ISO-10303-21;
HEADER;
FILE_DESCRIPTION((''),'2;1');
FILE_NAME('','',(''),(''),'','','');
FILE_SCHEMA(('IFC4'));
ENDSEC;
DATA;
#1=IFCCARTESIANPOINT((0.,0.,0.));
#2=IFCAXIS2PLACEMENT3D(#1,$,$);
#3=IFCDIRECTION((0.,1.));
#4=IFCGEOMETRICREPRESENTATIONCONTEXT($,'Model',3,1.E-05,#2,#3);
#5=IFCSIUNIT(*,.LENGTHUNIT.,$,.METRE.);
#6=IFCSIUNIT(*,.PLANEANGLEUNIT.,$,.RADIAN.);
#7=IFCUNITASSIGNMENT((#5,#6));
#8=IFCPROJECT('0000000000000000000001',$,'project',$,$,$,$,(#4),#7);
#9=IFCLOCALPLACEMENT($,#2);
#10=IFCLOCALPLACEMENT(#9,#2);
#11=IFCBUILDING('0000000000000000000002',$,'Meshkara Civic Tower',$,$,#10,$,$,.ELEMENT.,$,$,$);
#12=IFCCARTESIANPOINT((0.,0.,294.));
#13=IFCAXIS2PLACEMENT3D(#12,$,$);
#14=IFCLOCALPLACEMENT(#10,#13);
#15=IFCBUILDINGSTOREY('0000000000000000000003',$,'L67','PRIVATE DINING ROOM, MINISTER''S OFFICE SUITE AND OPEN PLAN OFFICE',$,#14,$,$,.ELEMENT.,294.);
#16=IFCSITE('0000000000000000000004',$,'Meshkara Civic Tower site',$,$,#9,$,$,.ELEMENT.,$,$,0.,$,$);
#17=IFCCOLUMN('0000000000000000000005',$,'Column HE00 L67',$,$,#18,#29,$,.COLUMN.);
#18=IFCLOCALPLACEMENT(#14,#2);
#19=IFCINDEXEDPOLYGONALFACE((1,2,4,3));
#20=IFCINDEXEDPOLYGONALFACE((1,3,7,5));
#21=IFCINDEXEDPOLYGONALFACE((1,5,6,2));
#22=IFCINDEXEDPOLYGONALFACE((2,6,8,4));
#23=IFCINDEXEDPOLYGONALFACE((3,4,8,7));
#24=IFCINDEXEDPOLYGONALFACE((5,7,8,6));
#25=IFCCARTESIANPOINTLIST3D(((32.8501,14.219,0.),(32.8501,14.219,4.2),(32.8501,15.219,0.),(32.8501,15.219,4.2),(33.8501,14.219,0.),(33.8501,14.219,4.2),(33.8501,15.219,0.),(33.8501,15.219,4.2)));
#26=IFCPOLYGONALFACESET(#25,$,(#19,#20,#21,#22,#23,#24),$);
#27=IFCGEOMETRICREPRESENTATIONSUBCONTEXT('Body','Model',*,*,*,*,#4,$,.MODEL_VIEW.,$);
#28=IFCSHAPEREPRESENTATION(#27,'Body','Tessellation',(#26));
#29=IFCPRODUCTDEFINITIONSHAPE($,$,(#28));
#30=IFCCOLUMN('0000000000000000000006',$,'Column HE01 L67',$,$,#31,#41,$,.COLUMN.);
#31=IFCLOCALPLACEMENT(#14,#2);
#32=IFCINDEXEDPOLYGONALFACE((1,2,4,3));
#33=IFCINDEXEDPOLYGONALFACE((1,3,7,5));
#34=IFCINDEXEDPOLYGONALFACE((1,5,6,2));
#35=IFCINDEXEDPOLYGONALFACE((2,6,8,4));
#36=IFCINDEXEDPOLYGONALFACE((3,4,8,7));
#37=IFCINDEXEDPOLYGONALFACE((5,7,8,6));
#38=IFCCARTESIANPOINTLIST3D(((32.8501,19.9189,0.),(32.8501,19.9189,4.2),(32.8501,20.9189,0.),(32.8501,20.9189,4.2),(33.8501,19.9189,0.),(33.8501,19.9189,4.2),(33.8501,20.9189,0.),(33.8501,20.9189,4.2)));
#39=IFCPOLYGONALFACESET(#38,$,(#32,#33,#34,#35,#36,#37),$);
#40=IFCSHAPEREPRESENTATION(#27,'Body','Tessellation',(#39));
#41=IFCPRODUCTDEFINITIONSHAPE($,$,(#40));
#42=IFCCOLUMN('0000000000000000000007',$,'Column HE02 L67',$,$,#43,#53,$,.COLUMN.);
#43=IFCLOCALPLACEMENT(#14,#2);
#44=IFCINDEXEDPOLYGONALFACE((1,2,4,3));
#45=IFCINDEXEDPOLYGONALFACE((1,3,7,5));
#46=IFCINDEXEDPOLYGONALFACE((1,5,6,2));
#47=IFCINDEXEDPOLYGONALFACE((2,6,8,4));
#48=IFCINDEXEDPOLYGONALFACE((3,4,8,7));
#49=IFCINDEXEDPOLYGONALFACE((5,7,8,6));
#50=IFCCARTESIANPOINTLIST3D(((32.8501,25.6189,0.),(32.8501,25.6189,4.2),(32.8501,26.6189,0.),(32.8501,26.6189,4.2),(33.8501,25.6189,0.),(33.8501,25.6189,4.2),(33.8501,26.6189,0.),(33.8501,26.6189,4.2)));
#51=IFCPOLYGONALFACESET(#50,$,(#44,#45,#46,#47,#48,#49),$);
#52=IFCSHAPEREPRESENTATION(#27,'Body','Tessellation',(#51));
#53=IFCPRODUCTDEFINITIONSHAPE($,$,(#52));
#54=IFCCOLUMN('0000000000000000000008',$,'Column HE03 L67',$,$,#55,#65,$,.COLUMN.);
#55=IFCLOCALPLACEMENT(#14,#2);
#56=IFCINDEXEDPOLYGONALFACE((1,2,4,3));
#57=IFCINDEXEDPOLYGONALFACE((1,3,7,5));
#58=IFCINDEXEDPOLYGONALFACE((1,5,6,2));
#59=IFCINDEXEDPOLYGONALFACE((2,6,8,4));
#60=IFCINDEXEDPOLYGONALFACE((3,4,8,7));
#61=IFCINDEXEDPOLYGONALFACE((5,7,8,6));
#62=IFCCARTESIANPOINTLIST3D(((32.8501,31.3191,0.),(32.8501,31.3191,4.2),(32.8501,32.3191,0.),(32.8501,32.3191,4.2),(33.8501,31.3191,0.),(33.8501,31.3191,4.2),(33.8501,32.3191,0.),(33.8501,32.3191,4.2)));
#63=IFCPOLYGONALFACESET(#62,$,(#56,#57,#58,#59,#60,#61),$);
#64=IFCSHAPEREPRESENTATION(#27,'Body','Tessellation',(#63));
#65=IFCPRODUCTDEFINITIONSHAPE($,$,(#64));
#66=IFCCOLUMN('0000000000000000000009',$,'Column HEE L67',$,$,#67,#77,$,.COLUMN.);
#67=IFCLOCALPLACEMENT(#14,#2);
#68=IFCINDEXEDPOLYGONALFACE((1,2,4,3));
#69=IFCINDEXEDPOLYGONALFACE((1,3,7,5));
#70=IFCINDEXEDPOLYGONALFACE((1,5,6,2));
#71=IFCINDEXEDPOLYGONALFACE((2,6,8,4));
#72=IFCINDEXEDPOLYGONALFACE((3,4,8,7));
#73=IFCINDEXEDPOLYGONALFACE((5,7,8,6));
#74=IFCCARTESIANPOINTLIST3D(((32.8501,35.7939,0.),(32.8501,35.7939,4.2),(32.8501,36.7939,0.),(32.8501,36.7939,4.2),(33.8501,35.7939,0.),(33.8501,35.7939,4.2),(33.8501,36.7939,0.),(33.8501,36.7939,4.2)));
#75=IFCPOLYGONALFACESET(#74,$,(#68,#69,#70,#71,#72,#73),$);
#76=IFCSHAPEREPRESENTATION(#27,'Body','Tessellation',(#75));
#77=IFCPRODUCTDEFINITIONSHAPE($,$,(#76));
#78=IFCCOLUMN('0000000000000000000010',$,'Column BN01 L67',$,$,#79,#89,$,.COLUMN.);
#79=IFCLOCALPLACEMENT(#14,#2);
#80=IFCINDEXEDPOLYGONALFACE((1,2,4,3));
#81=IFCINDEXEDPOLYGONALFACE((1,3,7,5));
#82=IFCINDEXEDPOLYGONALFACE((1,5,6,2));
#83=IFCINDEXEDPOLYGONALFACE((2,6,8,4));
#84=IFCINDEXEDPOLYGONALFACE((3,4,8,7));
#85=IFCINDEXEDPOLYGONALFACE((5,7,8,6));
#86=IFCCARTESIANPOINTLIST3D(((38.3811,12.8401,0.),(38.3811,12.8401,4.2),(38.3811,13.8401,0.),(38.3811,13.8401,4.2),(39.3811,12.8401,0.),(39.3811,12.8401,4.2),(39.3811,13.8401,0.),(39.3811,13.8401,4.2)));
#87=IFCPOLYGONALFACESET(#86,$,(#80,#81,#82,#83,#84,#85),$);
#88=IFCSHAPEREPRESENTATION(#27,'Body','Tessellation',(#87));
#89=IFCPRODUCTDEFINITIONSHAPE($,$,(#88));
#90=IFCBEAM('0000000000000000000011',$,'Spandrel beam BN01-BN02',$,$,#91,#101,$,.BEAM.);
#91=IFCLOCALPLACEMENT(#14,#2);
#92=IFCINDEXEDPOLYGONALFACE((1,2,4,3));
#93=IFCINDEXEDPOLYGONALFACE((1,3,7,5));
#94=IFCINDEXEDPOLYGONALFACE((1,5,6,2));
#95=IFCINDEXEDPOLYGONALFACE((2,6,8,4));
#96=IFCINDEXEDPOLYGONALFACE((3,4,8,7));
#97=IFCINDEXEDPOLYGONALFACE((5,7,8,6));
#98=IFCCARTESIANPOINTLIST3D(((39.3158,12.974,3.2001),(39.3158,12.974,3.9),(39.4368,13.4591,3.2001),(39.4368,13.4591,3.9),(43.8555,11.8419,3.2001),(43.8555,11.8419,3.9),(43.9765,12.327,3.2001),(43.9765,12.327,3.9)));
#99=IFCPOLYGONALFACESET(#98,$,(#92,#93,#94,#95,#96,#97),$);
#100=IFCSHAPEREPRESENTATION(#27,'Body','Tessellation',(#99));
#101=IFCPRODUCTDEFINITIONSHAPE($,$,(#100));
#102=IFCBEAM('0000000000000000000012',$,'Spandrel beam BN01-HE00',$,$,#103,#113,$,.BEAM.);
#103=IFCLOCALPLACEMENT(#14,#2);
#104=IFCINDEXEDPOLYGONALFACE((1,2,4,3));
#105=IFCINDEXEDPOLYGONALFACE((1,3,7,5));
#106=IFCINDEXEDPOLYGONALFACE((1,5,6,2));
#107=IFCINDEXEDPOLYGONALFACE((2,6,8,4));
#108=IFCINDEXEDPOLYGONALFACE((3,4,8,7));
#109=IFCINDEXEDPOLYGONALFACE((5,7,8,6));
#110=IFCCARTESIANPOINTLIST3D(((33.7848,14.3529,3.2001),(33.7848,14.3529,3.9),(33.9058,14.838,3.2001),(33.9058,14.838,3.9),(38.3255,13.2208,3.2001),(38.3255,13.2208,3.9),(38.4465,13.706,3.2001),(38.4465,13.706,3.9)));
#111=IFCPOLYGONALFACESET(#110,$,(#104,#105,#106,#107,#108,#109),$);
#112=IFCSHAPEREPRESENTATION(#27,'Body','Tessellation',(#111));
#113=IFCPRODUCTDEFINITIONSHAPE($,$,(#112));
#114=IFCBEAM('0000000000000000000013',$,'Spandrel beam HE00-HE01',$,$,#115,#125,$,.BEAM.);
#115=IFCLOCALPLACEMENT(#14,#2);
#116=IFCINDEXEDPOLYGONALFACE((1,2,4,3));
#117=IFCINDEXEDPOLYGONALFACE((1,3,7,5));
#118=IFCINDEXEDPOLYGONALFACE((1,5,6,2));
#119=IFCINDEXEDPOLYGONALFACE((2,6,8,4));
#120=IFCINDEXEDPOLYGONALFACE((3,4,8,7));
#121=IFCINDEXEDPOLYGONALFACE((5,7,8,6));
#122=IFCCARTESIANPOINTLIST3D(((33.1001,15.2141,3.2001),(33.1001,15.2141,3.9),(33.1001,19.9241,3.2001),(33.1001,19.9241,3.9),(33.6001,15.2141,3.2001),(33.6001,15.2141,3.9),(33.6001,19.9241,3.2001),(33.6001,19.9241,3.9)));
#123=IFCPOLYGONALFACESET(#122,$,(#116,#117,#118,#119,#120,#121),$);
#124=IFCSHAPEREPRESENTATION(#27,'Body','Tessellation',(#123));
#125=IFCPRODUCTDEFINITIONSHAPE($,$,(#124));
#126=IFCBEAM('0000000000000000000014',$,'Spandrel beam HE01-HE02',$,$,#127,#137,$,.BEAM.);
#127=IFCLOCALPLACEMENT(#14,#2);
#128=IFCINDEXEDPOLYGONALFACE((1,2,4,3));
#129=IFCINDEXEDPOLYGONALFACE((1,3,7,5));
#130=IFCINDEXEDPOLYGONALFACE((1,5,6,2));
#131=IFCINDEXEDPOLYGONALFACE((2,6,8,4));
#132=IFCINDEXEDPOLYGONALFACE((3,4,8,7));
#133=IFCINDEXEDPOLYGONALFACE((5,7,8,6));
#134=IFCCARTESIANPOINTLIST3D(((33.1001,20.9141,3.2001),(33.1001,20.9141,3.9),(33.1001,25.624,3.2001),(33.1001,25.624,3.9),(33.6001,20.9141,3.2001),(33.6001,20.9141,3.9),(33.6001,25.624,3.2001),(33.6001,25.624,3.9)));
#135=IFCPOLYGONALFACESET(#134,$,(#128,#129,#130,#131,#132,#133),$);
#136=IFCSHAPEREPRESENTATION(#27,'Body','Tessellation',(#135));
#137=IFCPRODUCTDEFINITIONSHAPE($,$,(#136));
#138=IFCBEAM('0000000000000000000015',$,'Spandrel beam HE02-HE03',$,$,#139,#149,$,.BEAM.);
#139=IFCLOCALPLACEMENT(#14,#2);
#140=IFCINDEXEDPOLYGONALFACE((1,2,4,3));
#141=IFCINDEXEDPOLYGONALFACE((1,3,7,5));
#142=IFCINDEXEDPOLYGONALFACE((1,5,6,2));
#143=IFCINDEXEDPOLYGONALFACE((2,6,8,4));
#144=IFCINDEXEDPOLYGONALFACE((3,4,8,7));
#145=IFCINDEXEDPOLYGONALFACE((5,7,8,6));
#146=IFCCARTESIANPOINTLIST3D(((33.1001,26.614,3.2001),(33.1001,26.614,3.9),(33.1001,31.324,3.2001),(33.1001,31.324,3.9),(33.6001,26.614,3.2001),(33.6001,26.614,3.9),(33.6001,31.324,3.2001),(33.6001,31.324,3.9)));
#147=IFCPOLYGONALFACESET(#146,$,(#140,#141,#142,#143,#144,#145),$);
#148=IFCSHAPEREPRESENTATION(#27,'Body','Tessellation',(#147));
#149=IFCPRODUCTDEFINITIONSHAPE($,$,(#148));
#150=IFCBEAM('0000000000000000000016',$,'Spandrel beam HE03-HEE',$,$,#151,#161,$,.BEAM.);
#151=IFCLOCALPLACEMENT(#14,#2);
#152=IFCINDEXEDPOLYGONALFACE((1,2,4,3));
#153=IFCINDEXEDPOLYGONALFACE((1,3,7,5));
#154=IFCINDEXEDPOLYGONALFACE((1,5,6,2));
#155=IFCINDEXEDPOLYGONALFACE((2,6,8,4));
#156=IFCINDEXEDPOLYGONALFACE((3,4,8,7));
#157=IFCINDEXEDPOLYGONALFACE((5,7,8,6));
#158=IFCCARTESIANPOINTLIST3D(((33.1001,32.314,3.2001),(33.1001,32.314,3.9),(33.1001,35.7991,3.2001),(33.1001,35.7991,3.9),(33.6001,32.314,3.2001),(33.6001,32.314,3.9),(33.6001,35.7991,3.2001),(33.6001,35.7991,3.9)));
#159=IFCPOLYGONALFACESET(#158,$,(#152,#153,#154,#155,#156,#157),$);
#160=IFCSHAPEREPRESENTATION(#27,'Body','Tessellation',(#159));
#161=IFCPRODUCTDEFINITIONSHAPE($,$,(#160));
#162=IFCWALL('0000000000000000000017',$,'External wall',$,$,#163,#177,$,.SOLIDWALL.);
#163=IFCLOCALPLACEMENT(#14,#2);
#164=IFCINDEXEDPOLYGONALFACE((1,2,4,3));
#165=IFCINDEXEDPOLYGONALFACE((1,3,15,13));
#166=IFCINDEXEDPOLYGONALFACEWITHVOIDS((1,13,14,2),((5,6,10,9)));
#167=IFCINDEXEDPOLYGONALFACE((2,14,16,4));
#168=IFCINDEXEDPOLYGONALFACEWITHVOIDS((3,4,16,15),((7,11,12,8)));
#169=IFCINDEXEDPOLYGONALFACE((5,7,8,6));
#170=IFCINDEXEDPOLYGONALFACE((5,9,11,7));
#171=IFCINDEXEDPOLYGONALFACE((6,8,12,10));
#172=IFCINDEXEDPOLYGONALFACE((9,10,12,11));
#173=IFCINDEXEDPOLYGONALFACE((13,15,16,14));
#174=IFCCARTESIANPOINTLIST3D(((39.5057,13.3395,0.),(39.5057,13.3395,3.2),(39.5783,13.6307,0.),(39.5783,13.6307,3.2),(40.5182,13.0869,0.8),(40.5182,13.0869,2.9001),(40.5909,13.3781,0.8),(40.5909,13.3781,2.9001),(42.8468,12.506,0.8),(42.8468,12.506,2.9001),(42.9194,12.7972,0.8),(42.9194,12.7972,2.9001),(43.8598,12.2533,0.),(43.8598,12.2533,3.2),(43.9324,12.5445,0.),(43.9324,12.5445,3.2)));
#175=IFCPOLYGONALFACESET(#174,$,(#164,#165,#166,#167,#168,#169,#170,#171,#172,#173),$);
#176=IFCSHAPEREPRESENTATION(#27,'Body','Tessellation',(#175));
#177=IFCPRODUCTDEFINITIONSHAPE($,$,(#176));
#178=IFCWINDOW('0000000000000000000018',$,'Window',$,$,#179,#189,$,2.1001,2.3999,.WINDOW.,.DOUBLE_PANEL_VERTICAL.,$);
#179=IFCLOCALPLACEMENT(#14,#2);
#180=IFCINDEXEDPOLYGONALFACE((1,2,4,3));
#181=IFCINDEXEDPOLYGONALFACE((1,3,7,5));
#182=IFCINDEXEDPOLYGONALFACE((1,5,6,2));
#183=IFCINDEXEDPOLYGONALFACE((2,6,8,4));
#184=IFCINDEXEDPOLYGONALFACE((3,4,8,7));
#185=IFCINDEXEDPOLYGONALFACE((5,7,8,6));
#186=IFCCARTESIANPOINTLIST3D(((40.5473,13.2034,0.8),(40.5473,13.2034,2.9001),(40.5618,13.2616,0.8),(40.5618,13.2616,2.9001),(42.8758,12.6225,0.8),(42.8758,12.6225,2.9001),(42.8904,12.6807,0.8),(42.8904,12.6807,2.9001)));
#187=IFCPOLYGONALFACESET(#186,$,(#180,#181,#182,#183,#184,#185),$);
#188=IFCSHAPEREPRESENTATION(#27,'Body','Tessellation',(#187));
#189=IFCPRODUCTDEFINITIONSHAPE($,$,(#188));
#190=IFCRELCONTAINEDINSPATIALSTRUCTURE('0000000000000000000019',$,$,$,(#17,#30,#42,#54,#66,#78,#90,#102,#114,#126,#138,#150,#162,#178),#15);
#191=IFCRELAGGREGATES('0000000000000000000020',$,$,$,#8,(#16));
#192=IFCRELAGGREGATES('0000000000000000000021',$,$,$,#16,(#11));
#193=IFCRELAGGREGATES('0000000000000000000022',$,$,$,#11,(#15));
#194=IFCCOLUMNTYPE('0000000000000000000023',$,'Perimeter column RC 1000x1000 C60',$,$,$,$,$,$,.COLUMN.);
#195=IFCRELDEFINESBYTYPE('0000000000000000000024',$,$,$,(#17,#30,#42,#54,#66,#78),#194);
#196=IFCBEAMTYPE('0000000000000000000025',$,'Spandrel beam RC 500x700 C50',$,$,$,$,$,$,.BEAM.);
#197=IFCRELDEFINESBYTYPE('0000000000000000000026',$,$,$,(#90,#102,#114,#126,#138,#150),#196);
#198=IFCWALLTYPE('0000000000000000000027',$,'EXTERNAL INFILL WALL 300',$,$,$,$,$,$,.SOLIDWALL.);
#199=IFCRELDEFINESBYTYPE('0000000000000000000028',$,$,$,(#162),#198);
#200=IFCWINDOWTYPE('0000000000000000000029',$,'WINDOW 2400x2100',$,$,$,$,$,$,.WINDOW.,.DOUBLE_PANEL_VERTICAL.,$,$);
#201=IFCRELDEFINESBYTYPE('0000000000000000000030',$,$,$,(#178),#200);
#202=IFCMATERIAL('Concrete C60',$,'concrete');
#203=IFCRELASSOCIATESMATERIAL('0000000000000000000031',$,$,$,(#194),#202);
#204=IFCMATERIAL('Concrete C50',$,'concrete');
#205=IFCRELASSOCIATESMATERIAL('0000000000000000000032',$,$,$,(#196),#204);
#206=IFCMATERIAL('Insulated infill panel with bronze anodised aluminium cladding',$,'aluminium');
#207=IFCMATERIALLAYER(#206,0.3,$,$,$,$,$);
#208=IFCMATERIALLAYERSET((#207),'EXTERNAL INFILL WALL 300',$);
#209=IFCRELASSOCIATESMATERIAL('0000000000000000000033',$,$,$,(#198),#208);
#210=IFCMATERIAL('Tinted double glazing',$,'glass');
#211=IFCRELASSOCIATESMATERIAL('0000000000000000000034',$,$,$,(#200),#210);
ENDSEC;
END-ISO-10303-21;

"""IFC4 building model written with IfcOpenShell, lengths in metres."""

from ifc_helpers import new_model, si_unit, direction, frame, frame_2d, origin, origin_2d, place, context, subcontext, project, spatial, rectangle, extrude, material, layer, layer_set, material_profile, profile_set, type_object, element, fill, save


model = new_model("IFC4")

# Units and contexts
model_context = context("Model", 3, precision=1e-05, world=origin(), true_north=direction((0.0, 1.0)))
body_context = subcontext(model_context, "Body", "Model", "MODEL_VIEW")
ifc_project = project(units=[si_unit("LENGTHUNIT", "METRE"), si_unit("PLANEANGLEUNIT", "RADIAN")], contexts=[model_context])

# Site, building, storey
site_placement = place(None, origin())
site = spatial("IfcSite", under=ifc_project, at=site_placement, Name="Meshkara Civic Tower site", CompositionType="ELEMENT", RefElevation=0.0)
building_placement = place(site_placement, origin())
building = spatial("IfcBuilding", under=site, at=building_placement, Name="Meshkara Civic Tower", CompositionType="ELEMENT")
storey_placement = place(building_placement, frame((0.0, 0.0, 294.0)))
storey = spatial("IfcBuildingStorey", under=building, at=storey_placement, Name="L67", Description="PRIVATE DINING ROOM, MINISTER'S OFFICE SUITE AND OPEN PLAN OFFICE", CompositionType="ELEMENT", Elevation=294.0)

# Columns
ifc_material_1 = material(Name="Concrete C60", Category="concrete")
ifc_material_profile_1 = material_profile(ifc_material_1, rectangle(XDim=1.0, YDim=1.0, at=origin_2d()))
ifc_profile_set_1 = profile_set([ifc_material_profile_1], Name="Concrete C60")
column_type = type_object("IfcColumnType", Name="Perimeter column RC 1000x1000 C60", PredefinedType="COLUMN", material=ifc_profile_set_1)
for number, where, z_axis, x_axis, name in (
    (1, (33.3501, 14.719, 0.0), (0.0, 0.0, 1.0), (1.0, 0.0, 0.0), "Column HE00 L67"),
    (2, (33.3501, 20.4189, 0.0), (0.0, 0.0, 1.0), (1.0, 0.0, 0.0), "Column HE01 L67"),
    (3, (33.3501, 26.1189, 0.0), (0.0, 0.0, 1.0), (1.0, 0.0, 0.0), "Column HE02 L67"),
    (4, (33.3501, 31.8191, 0.0), (0.0, 0.0, 1.0), (1.0, 0.0, 0.0), "Column HE03 L67"),
    (5, (33.3501, 36.2939, 0.0), (0.0, 0.0, 1.0), (1.0, 0.0, 0.0), "Column HEE L67"),
    (6, (38.8811, 13.3401, 0.0), (0.0, 0.0, 1.0), (1.0, 0.0, 0.0), "Column BN01 L67"),
):
    element("IfcColumn", number, at=place(storey_placement, frame(where, z_axis=z_axis, x_axis=x_axis)), inside=storey, type_object=column_type, Name=name, PredefinedType="COLUMN", context=body_context, shape_type="SweptSolid", body=[
        extrude(rectangle(XDim=1.0, YDim=1.0, at=origin_2d()), origin(), (0.0, 0.0, 1.0), 4.2),
    ])

# Beams
ifc_material_2 = material(Name="Concrete C50", Category="concrete")
ifc_material_profile_2 = material_profile(ifc_material_2, rectangle(XDim=0.5, YDim=0.7, at=origin_2d()))
ifc_profile_set_2 = profile_set([ifc_material_profile_2], Name="Concrete C50")
beam_type = type_object("IfcBeamType", Name="Spandrel beam RC 500x700 C50", PredefinedType="BEAM", material=ifc_profile_set_2)
beam_1_placement = place(storey_placement, frame((43.916, 12.0845, 3.55), z_axis=(-0.970287, 0.241959, 0.0), x_axis=(-0.241959, -0.970287, 0.0)))
element("IfcBeam", 7, at=beam_1_placement, inside=storey, type_object=beam_type, Name="Spandrel beam BN01-BN02", PredefinedType="BEAM", context=body_context, shape_type="SweptSolid", body=[
    extrude(rectangle(XDim=0.5, YDim=0.7, at=origin_2d()), origin(), (0.0, 0.0, 1.0), 4.6787),
])
beam_2_placement = place(storey_placement, frame((38.386, 13.4634, 3.55), z_axis=(-0.970299, 0.24191, 0.0), x_axis=(-0.24191, -0.970299, 0.0)))
element("IfcBeam", 8, at=beam_2_placement, inside=storey, type_object=beam_type, Name="Spandrel beam BN01-HE00", PredefinedType="BEAM", context=body_context, shape_type="SweptSolid", body=[
    extrude(rectangle(XDim=0.5, YDim=0.7, at=origin_2d()), origin(), (0.0, 0.0, 1.0), 4.6797),
])
for number, where, z_axis, x_axis, name in (
    (9, (33.3501, 15.2141, 3.55), (0.0, 1.0, 0.0), (-1.0, 0.0, 0.0), "Spandrel beam HE00-HE01"),
    (10, (33.3501, 20.9141, 3.55), (0.0, 1.0, 0.0), (-1.0, 0.0, 0.0), "Spandrel beam HE01-HE02"),
    (11, (33.3501, 26.614, 3.55), (0.0, 1.0, 0.0), (-1.0, 0.0, 0.0), "Spandrel beam HE02-HE03"),
):
    element("IfcBeam", number, at=place(storey_placement, frame(where, z_axis=z_axis, x_axis=x_axis)), inside=storey, type_object=beam_type, Name=name, PredefinedType="BEAM", context=body_context, shape_type="SweptSolid", body=[
        extrude(rectangle(XDim=0.5, YDim=0.7, at=origin_2d()), origin(), (0.0, 0.0, 1.0), 4.71),
    ])
beam_3_placement = place(storey_placement, frame((33.3501, 32.314, 3.55), z_axis=(0.0, 1.0, 0.0), x_axis=(-1.0, 0.0, 0.0)))
element("IfcBeam", 12, at=beam_3_placement, inside=storey, type_object=beam_type, Name="Spandrel beam HE03-HEE", PredefinedType="BEAM", context=body_context, shape_type="SweptSolid", body=[
    extrude(rectangle(XDim=0.5, YDim=0.7, at=origin_2d()), origin(), (0.0, 0.0, 1.0), 3.4851),
])

# Wall, opening, window
ifc_material_3 = material(Name="Insulated infill panel with bronze anodised aluminium cladding", Category="aluminium")
ifc_layer = layer(ifc_material_3, 0.3)
ifc_layer_set = layer_set([ifc_layer], Name="EXTERNAL INFILL WALL 300")
wall_type = type_object("IfcWallType", Name="EXTERNAL INFILL WALL 300", PredefinedType="SOLIDWALL", material=ifc_layer_set)
wall_1_placement = place(storey_placement, frame((43.896, 12.3989, 0.0), z_axis=(0.0, 0.0, 1.0), x_axis=(-0.970264, 0.242049, 0.0)))
wall_1 = element("IfcWall", 13, at=wall_1_placement, inside=storey, type_object=wall_type, Name="External wall", PredefinedType="SOLIDWALL", context=body_context, shape_type="SweptSolid", body=[
    extrude(rectangle(XDim=4.4875, YDim=0.3, at=frame_2d((2.2437, 0.0))), origin(), (0.0, 0.0, 1.0), 3.2),
])
opening_1_placement = place(wall_1_placement, frame((1.0439, 0.0, 0.8)))
opening_1 = element("IfcOpeningElement", 14, at=opening_1_placement, cuts=wall_1, PredefinedType="OPENING", context=body_context, shape_type="SweptSolid", body=[
    extrude(rectangle(XDim=2.3999, YDim=2.1001, at=frame_2d((1.2, 1.05))), frame((0.0, 0.1599, 0.0), z_axis=(0.0, -1.0, 0.0), x_axis=(1.0, 0.0, 0.0)), (0.0, 0.0, 1.0), 0.3201),
])
ifc_material_4 = material(Name="Tinted double glazing", Category="glass")
window_type = type_object("IfcWindowType", Name="WINDOW 2400x2100", PartitioningType="DOUBLE_PANEL_VERTICAL", PredefinedType="WINDOW", material=ifc_material_4)
window_1_placement = place(opening_1_placement, origin())
window_1 = element("IfcWindow", 15, at=window_1_placement, inside=storey, type_object=window_type, Name="Window", OverallHeight=2.1001, OverallWidth=2.3999, PartitioningType="DOUBLE_PANEL_VERTICAL", PredefinedType="WINDOW", context=body_context, shape_type="SweptSolid", body=[
    extrude(rectangle(XDim=2.3999, YDim=2.1001, at=frame_2d((1.2, 1.05))), frame((0.0, 0.03, 0.0), z_axis=(0.0, -1.0, 0.0), x_axis=(1.0, 0.0, 0.0)), (0.0, 0.0, 1.0), 0.0601),
])
fill(opening_1, window_1)

save(model, "model.ifc")
